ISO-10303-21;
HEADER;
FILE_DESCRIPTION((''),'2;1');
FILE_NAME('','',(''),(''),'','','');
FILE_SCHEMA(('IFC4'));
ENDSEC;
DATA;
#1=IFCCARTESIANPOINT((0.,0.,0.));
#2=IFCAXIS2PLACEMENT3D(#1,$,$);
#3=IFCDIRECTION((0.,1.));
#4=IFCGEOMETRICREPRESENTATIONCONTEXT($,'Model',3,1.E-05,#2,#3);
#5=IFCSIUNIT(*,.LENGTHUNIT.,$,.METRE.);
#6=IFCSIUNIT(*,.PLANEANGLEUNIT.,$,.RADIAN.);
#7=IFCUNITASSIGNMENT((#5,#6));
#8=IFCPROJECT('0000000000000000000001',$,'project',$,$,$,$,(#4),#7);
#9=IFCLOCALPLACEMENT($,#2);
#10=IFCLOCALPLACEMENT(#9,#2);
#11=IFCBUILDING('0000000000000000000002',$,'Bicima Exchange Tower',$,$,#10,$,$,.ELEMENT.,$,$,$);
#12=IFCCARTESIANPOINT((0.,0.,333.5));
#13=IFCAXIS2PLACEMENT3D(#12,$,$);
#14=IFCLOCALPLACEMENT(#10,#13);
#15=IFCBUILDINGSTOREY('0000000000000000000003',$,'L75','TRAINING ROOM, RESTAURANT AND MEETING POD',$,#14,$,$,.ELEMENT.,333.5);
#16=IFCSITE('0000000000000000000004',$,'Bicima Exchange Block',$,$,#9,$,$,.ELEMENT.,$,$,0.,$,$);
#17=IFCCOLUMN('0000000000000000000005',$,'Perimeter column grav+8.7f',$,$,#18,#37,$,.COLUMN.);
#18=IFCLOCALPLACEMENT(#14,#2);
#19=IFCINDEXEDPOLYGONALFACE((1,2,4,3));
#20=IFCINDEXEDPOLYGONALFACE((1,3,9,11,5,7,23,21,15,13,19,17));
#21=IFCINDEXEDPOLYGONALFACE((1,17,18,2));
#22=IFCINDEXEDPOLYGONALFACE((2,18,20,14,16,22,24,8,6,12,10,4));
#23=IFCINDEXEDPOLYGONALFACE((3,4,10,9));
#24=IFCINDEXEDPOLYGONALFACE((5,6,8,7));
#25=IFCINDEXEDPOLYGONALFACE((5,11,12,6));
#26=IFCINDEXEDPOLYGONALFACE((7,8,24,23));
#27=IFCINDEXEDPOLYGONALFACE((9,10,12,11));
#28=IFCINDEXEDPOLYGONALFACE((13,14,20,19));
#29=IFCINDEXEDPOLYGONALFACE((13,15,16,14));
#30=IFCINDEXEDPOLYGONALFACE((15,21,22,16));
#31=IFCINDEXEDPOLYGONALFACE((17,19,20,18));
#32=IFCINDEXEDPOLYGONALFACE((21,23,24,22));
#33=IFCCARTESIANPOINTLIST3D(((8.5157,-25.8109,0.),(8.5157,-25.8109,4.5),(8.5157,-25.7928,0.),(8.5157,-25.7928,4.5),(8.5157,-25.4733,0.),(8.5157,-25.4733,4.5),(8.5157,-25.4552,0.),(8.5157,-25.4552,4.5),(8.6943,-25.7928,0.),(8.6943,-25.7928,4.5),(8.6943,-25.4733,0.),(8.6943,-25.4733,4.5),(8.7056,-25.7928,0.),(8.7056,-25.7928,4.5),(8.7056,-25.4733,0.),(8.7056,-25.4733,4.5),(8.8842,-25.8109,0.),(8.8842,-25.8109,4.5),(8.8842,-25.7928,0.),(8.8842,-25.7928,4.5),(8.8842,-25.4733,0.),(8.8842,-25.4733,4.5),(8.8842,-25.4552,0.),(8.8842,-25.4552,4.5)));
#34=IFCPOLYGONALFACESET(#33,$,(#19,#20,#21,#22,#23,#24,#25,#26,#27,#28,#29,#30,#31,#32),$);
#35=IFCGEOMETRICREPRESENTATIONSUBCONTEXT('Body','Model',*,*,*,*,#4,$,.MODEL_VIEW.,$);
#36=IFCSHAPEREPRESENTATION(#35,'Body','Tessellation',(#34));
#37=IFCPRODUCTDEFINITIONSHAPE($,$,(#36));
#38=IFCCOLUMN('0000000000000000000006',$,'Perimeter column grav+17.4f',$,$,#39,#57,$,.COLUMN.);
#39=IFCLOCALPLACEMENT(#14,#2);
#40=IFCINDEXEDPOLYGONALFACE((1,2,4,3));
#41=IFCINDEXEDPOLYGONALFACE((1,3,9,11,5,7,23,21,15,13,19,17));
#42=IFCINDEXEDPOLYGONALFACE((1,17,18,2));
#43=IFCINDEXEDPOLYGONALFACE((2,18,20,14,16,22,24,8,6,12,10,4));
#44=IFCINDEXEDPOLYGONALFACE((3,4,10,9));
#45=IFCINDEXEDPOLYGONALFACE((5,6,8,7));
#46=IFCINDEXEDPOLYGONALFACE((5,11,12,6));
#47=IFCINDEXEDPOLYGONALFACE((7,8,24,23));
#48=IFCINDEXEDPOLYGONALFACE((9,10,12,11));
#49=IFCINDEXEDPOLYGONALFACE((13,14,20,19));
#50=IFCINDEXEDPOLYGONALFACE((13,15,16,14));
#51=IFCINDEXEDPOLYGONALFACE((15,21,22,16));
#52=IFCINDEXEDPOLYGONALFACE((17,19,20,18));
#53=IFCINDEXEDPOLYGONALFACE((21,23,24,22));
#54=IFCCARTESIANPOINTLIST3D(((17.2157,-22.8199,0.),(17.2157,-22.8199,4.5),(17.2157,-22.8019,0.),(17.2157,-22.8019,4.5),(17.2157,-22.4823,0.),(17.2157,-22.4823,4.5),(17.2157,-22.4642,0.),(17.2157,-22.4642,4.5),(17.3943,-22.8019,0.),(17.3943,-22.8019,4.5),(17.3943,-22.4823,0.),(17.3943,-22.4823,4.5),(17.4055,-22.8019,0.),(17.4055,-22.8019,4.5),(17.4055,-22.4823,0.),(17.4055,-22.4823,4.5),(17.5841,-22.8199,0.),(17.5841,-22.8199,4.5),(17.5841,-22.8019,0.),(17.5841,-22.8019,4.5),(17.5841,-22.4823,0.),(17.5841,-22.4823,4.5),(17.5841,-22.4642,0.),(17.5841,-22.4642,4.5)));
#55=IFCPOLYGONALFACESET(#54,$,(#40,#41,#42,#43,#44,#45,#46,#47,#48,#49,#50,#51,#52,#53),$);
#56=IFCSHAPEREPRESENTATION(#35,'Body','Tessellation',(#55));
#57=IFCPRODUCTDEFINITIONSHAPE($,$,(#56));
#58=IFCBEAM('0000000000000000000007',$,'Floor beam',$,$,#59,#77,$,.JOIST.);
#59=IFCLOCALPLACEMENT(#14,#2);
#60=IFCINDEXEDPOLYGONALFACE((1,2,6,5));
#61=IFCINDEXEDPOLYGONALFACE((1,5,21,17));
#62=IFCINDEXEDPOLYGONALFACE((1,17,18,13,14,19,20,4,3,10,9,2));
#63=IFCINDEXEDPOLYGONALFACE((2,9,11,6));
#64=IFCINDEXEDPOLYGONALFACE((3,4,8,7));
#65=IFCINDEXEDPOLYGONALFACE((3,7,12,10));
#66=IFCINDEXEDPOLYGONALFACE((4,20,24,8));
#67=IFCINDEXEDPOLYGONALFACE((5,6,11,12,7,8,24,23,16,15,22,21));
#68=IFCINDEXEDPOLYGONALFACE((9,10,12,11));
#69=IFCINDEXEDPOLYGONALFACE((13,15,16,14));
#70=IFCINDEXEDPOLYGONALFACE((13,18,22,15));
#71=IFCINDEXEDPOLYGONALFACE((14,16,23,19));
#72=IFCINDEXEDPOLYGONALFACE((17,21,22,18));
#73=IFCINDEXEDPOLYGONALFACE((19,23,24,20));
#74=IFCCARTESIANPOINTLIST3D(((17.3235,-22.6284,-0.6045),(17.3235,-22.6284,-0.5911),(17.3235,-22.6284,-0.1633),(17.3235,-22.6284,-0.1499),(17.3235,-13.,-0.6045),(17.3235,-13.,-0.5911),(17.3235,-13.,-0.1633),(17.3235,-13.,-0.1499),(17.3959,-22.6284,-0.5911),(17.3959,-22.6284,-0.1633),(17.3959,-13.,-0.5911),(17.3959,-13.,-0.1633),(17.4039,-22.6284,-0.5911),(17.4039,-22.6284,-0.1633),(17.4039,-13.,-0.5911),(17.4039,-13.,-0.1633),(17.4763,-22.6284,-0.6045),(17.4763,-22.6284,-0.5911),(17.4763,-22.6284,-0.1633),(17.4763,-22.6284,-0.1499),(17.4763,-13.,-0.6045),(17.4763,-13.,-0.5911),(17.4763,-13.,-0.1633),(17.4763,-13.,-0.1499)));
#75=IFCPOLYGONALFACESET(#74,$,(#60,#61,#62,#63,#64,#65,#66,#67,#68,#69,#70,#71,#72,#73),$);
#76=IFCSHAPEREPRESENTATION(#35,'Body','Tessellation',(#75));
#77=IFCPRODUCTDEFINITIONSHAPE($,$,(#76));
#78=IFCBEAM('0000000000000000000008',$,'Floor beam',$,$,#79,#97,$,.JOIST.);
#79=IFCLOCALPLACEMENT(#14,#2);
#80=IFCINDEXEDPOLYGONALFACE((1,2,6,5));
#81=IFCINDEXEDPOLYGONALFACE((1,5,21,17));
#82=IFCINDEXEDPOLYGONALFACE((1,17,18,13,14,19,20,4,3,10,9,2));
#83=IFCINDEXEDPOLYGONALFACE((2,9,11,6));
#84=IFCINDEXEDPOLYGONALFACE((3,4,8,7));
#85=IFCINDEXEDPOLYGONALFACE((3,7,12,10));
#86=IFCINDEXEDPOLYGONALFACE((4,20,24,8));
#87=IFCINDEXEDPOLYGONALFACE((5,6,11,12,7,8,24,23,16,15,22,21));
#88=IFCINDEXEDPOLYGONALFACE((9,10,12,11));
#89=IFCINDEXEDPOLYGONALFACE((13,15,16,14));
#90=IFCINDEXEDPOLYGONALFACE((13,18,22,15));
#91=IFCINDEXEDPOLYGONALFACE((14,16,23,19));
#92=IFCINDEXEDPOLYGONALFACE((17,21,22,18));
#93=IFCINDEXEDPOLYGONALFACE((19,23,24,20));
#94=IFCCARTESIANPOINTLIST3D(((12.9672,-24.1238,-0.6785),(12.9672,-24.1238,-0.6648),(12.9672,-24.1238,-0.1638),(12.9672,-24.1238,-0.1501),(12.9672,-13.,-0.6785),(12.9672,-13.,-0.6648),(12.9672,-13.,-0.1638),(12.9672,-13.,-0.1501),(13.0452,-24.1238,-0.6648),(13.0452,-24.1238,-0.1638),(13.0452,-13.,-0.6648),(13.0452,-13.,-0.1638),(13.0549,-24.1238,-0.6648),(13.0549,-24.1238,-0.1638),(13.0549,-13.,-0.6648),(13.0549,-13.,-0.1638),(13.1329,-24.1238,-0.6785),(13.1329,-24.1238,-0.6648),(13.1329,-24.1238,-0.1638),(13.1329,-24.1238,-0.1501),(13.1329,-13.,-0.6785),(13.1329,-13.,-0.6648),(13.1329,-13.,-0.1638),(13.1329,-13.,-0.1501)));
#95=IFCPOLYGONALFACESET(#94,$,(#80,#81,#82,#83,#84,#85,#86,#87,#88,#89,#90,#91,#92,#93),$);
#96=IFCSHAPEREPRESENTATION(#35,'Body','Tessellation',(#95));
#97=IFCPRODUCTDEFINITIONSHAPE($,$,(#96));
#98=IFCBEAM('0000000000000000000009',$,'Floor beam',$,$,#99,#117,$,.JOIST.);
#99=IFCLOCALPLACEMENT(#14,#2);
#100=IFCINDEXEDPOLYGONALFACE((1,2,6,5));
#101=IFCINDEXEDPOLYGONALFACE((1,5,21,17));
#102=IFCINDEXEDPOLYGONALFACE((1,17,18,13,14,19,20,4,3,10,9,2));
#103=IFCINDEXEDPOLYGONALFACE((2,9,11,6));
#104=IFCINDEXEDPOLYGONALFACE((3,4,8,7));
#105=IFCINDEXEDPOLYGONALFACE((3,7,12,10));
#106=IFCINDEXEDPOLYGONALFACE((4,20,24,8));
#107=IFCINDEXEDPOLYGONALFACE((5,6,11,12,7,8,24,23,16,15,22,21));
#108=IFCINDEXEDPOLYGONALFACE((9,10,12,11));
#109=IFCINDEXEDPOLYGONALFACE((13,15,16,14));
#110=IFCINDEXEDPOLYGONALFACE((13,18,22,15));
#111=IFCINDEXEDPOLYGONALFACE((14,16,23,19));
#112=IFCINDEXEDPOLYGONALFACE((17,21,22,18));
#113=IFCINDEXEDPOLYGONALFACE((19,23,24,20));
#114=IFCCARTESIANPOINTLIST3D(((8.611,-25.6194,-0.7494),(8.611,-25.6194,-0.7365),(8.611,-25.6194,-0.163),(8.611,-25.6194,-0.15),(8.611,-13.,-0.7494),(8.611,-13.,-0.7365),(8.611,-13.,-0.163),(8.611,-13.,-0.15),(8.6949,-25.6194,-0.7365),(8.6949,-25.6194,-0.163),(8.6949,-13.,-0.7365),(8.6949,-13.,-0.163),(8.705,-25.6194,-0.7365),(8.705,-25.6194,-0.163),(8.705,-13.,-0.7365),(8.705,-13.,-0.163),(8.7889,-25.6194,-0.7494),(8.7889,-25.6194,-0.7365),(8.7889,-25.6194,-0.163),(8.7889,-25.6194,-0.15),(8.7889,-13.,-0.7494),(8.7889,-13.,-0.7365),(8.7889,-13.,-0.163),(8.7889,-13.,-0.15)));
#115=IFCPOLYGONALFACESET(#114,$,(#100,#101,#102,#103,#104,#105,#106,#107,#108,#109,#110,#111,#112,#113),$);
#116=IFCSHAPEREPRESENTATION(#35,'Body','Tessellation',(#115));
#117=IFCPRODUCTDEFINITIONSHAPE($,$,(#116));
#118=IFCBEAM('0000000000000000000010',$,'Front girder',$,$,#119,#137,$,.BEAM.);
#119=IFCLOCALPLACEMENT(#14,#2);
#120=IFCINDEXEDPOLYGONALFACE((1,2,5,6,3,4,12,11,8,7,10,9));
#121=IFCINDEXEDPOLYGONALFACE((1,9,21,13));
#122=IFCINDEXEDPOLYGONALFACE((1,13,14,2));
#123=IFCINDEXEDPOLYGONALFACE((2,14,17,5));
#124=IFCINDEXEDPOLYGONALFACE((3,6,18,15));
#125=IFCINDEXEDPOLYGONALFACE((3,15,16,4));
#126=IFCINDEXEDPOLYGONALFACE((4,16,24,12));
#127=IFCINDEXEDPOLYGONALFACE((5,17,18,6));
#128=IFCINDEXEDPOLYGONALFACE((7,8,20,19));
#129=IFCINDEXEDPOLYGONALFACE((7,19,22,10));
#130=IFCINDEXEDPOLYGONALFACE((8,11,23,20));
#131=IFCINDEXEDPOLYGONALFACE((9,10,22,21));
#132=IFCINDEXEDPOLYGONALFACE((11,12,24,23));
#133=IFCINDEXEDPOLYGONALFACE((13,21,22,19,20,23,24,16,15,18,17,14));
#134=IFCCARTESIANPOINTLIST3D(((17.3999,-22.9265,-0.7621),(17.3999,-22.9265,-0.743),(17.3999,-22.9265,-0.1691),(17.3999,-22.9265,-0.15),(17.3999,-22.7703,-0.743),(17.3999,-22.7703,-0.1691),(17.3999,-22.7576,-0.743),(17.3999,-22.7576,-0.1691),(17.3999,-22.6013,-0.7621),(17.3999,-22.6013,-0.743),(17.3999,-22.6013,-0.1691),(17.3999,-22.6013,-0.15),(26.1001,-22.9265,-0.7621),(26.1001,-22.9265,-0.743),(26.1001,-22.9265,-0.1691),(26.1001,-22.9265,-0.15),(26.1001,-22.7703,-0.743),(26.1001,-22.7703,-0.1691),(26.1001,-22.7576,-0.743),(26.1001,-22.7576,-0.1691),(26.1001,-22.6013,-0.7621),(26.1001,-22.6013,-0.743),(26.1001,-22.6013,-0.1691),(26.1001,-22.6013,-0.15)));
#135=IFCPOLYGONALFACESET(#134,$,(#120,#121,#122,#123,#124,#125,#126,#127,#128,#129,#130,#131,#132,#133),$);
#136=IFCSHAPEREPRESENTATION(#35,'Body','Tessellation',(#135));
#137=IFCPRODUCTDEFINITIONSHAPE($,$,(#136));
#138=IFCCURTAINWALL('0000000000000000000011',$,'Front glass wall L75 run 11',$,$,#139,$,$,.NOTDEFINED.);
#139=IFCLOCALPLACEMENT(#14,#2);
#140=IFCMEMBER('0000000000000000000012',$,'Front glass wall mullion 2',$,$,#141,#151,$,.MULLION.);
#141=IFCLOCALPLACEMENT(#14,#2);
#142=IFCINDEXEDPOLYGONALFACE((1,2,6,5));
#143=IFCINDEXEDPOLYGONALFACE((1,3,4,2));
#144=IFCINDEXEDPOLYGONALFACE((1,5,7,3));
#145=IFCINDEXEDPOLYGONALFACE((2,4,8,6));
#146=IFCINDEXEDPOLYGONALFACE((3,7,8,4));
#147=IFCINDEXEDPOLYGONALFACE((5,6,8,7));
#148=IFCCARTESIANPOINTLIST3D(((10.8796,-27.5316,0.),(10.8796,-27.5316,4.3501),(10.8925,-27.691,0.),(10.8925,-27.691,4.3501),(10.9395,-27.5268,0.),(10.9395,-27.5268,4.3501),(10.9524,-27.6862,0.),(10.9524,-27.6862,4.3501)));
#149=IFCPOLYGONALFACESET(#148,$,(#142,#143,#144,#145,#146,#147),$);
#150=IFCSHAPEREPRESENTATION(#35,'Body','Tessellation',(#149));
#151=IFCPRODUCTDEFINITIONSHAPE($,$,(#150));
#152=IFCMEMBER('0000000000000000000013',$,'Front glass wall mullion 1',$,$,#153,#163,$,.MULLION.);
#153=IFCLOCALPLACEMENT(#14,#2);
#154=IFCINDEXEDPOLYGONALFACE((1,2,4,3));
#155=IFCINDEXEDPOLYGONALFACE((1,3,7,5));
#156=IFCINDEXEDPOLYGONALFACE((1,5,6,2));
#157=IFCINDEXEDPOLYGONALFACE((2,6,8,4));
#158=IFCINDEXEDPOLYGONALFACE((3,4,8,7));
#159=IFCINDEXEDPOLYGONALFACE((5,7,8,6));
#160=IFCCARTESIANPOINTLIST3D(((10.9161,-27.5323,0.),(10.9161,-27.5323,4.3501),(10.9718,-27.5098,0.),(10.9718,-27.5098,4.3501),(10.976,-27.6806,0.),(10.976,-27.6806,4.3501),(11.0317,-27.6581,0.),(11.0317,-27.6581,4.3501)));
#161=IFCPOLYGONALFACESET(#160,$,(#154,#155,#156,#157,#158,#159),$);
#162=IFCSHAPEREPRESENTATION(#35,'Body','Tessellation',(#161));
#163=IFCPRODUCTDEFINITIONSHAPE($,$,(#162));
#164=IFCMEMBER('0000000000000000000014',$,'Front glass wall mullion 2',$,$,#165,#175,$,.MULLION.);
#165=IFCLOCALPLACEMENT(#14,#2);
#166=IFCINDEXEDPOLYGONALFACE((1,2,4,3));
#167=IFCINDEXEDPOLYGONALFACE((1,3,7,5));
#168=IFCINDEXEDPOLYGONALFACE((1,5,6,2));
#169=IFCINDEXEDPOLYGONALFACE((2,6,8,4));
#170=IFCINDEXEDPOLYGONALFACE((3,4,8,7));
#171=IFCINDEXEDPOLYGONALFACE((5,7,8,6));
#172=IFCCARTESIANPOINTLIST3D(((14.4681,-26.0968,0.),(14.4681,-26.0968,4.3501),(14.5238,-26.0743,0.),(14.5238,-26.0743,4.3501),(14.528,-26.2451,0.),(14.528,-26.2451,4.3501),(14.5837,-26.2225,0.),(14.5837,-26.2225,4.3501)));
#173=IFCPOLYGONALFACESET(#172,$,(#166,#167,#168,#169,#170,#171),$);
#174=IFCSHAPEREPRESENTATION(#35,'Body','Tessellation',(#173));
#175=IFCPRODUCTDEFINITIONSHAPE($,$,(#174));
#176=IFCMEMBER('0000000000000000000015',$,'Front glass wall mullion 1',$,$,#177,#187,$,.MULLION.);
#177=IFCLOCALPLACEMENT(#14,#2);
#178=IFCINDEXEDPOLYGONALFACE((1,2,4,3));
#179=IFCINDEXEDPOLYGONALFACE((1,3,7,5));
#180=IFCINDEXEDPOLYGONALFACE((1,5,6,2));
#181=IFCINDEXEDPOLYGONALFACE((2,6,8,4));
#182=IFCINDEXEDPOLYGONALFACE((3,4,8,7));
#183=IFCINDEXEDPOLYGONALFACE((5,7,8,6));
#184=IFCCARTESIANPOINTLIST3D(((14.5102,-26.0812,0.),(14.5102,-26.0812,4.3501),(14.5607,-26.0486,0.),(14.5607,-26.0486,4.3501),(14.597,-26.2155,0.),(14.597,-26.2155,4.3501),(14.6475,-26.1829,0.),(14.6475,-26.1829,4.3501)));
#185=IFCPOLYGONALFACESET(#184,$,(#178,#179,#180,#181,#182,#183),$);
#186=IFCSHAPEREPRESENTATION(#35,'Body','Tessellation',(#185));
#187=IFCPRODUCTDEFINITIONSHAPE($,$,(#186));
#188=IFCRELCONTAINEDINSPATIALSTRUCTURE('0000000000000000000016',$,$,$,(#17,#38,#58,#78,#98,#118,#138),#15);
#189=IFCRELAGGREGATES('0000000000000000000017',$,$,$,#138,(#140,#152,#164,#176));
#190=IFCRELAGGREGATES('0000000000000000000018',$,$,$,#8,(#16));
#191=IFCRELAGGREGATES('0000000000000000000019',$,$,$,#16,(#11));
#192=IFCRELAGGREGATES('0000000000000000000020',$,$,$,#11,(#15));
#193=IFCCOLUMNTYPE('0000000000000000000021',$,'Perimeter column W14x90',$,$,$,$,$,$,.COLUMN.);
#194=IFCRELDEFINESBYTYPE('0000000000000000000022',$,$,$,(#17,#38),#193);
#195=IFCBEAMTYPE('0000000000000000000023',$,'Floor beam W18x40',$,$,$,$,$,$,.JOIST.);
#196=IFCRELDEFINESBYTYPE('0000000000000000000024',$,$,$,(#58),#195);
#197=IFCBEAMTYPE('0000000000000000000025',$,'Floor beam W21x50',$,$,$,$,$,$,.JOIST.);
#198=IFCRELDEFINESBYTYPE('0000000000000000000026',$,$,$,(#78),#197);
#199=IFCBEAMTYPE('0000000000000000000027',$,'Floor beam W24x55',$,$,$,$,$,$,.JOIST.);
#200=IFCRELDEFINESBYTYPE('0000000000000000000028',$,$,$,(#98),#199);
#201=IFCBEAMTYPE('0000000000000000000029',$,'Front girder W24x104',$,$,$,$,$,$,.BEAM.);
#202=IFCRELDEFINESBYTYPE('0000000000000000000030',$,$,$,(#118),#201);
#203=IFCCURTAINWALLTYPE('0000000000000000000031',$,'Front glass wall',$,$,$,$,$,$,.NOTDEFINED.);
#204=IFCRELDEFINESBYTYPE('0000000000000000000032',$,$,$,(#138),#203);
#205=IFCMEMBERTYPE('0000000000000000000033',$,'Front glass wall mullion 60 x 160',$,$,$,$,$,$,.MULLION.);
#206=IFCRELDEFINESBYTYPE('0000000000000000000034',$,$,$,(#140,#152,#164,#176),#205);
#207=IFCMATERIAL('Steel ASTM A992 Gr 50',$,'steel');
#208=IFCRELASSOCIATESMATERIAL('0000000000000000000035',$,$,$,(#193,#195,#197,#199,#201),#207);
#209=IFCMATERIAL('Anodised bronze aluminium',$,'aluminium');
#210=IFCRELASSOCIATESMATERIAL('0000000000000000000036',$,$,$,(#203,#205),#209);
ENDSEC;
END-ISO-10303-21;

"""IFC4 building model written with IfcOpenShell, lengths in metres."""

from ifc_helpers import new_model, si_unit, direction, frame, origin, origin_2d, place, context, subcontext, project, spatial, rectangle, i_section, extrude, material, material_profile, profile_set, type_object, element, aggregate, save


model = new_model("IFC4")

# Units and contexts
model_context = context("Model", 3, precision=1e-05, world=origin(), true_north=direction((0.0, 1.0)))
body_context = subcontext(model_context, "Body", "Model", "MODEL_VIEW")
ifc_project = project(units=[si_unit("LENGTHUNIT", "METRE"), si_unit("PLANEANGLEUNIT", "RADIAN")], contexts=[model_context])

# Site, building, storey
site_placement = place(None, origin())
site = spatial("IfcSite", under=ifc_project, at=site_placement, Name="Bicima Exchange Block", CompositionType="ELEMENT", RefElevation=0.0)
building_placement = place(site_placement, origin())
building = spatial("IfcBuilding", under=site, at=building_placement, Name="Bicima Exchange Tower", CompositionType="ELEMENT")
storey_placement = place(building_placement, frame((0.0, 0.0, 333.5)))
storey = spatial("IfcBuildingStorey", under=building, at=storey_placement, Name="L75", Description="TRAINING ROOM, RESTAURANT AND MEETING POD", CompositionType="ELEMENT", Elevation=333.5)

# Columns
ifc_material_1 = material(Name="Steel ASTM A992 Gr 50", Category="steel")
ifc_material_profile_1 = material_profile(ifc_material_1, i_section(OverallWidth=0.3684, OverallDepth=0.3557, WebThickness=0.0112, FlangeThickness=0.0181, at=origin_2d()))
ifc_profile_set_1 = profile_set([ifc_material_profile_1], Name="Steel ASTM A992 Gr 50")
column_type = type_object("IfcColumnType", Name="Perimeter column W14x90", PredefinedType="COLUMN", material=ifc_profile_set_1)
for number, where, z_axis, x_axis, name in (
    (1, (8.7, -25.6331, 0.0), (0.0, 0.0, 1.0), (1.0, 0.0, 0.0), "Perimeter column grav+8.7f"),
    (2, (17.3999, -22.6421, 0.0), (0.0, 0.0, 1.0), (1.0, 0.0, 0.0), "Perimeter column grav+17.4f"),
):
    element("IfcColumn", number, at=place(storey_placement, frame(where, z_axis=z_axis, x_axis=x_axis)), inside=storey, type_object=column_type, Name=name, PredefinedType="COLUMN", context=body_context, shape_type="SweptSolid", body=[
        extrude(i_section(OverallWidth=0.3684, OverallDepth=0.3557, WebThickness=0.0112, FlangeThickness=0.0181, at=origin_2d()), origin(), (0.0, 0.0, 1.0), 4.5),
    ])

# Beams
ifc_material_profile_2 = material_profile(ifc_material_1, i_section(OverallWidth=0.1528, OverallDepth=0.4546, WebThickness=0.0081, FlangeThickness=0.0134, at=origin_2d()))
ifc_profile_set_2 = profile_set([ifc_material_profile_2], Name="Steel ASTM A992 Gr 50")
beam_type_1 = type_object("IfcBeamType", Name="Floor beam W18x40", PredefinedType="JOIST", material=ifc_profile_set_2)
beam_1_placement = place(storey_placement, frame((17.3999, -13.0, -0.3772), z_axis=(0.0, -1.0, 0.0), x_axis=(1.0, 0.0, 0.0)))
element("IfcBeam", 3, at=beam_1_placement, inside=storey, type_object=beam_type_1, Name="Floor beam", PredefinedType="JOIST", context=body_context, shape_type="SweptSolid", body=[
    extrude(i_section(OverallWidth=0.1528, OverallDepth=0.4546, WebThickness=0.0081, FlangeThickness=0.0134, at=origin_2d()), origin(), (0.0, 0.0, 1.0), 9.6284),
])
ifc_material_profile_3 = material_profile(ifc_material_1, i_section(OverallWidth=0.1658, OverallDepth=0.5283, WebThickness=0.0098, FlangeThickness=0.0137, at=origin_2d()))
ifc_profile_set_3 = profile_set([ifc_material_profile_3], Name="Steel ASTM A992 Gr 50")
beam_type_2 = type_object("IfcBeamType", Name="Floor beam W21x50", PredefinedType="JOIST", material=ifc_profile_set_3)
beam_2_placement = place(storey_placement, frame((13.05, -13.0, -0.4143), z_axis=(0.0, -1.0, 0.0), x_axis=(1.0, 0.0, 0.0)))
element("IfcBeam", 4, at=beam_2_placement, inside=storey, type_object=beam_type_2, Name="Floor beam", PredefinedType="JOIST", context=body_context, shape_type="SweptSolid", body=[
    extrude(i_section(OverallWidth=0.1658, OverallDepth=0.5283, WebThickness=0.0098, FlangeThickness=0.0137, at=origin_2d()), origin(), (0.0, 0.0, 1.0), 11.1238),
])
ifc_material_profile_4 = material_profile(ifc_material_1, i_section(OverallWidth=0.178, OverallDepth=0.5994, WebThickness=0.01, FlangeThickness=0.0129, at=origin_2d()))
ifc_profile_set_4 = profile_set([ifc_material_profile_4], Name="Steel ASTM A992 Gr 50")
beam_type_3 = type_object("IfcBeamType", Name="Floor beam W24x55", PredefinedType="JOIST", material=ifc_profile_set_4)
beam_3_placement = place(storey_placement, frame((8.7, -13.0, -0.4497), z_axis=(0.0, -1.0, 0.0), x_axis=(1.0, 0.0, 0.0)))
element("IfcBeam", 5, at=beam_3_placement, inside=storey, type_object=beam_type_3, Name="Floor beam", PredefinedType="JOIST", context=body_context, shape_type="SweptSolid", body=[
    extrude(i_section(OverallWidth=0.178, OverallDepth=0.5994, WebThickness=0.01, FlangeThickness=0.0129, at=origin_2d()), origin(), (0.0, 0.0, 1.0), 12.6194),
])
ifc_material_profile_5 = material_profile(ifc_material_1, i_section(OverallWidth=0.3252, OverallDepth=0.6121, WebThickness=0.0127, FlangeThickness=0.019, at=origin_2d()))
ifc_profile_set_5 = profile_set([ifc_material_profile_5], Name="Steel ASTM A992 Gr 50")
beam_type_4 = type_object("IfcBeamType", Name="Front girder W24x104", PredefinedType="BEAM", material=ifc_profile_set_5)
beam_4_placement = place(storey_placement, frame((17.3999, -22.7639, -0.4561), z_axis=(1.0, 0.0, 0.0), x_axis=(0.0, 1.0, 0.0)))
element("IfcBeam", 6, at=beam_4_placement, inside=storey, type_object=beam_type_4, Name="Front girder", PredefinedType="BEAM", context=body_context, shape_type="SweptSolid", body=[
    extrude(i_section(OverallWidth=0.3252, OverallDepth=0.6121, WebThickness=0.0127, FlangeThickness=0.019, at=origin_2d()), origin(), (0.0, 0.0, 1.0), 8.7002),
])

# Curtain wall, members
ifc_material_2 = material(Name="Anodised bronze aluminium", Category="aluminium")
curtain_wall_type = type_object("IfcCurtainWallType", Name="Front glass wall", PredefinedType="NOTDEFINED", material=ifc_material_2)
curtain_wall_1_placement = place(storey_placement, origin())
curtain_wall_1 = element("IfcCurtainWall", 7, at=curtain_wall_1_placement, inside=storey, type_object=curtain_wall_type, Name="Front glass wall L75 run 11", PredefinedType="NOTDEFINED")
ifc_material_profile_6 = material_profile(ifc_material_2, rectangle(XDim=0.1599, YDim=0.0601, at=origin_2d()))
ifc_profile_set_6 = profile_set([ifc_material_profile_6], Name="Anodised bronze aluminium")
member_type_1 = type_object("IfcMemberType", Name="Front glass wall mullion 60 x 160", PredefinedType="MULLION", material=ifc_profile_set_6)
member_1_placement = place(storey_placement, frame((10.916, -27.6089, 0.0), z_axis=(0.0, 0.0, 1.0), x_axis=(-0.080589, 0.996747, 0.0)))
member_1 = element("IfcMember", 8, at=member_1_placement, type_object=member_type_1, Name="Front glass wall mullion 2", PredefinedType="MULLION", context=body_context, shape_type="SweptSolid", body=[
    extrude(rectangle(XDim=0.1599, YDim=0.0601, at=origin_2d()), origin(), (0.0, 0.0, 1.0), 4.3501),
])
member_2_placement = place(storey_placement, frame((10.9739, -27.5952, 0.0), z_axis=(0.0, 0.0, 1.0), x_axis=(-0.374705, 0.927144, 0.0)))
member_2 = element("IfcMember", 9, at=member_2_placement, type_object=member_type_1, Name="Front glass wall mullion 1", PredefinedType="MULLION", context=body_context, shape_type="SweptSolid", body=[
    extrude(rectangle(XDim=0.1599, YDim=0.0601, at=origin_2d()), origin(), (0.0, 0.0, 1.0), 4.3501),
])
member_3_placement = place(storey_placement, frame((14.5259, -26.1597, 0.0), z_axis=(0.0, 0.0, 1.0), x_axis=(-0.374705, 0.927144, 0.0)))
member_3 = element("IfcMember", 10, at=member_3_placement, type_object=member_type_1, Name="Front glass wall mullion 2", PredefinedType="MULLION", context=body_context, shape_type="SweptSolid", body=[
    extrude(rectangle(XDim=0.1599, YDim=0.0601, at=origin_2d()), origin(), (0.0, 0.0, 1.0), 4.3501),
])
member_4_placement = place(storey_placement, frame((14.5789, -26.1321, 0.0), z_axis=(0.0, 0.0, 1.0), x_axis=(-0.542909, 0.839791, 0.0)))
member_4 = element("IfcMember", 11, at=member_4_placement, type_object=member_type_1, Name="Front glass wall mullion 1", PredefinedType="MULLION", context=body_context, shape_type="SweptSolid", body=[
    extrude(rectangle(XDim=0.1599, YDim=0.0601, at=origin_2d()), origin(), (0.0, 0.0, 1.0), 4.3501),
])

aggregate(curtain_wall_1, [member_1, member_2, member_3, member_4])

save(model, "model.ifc")
